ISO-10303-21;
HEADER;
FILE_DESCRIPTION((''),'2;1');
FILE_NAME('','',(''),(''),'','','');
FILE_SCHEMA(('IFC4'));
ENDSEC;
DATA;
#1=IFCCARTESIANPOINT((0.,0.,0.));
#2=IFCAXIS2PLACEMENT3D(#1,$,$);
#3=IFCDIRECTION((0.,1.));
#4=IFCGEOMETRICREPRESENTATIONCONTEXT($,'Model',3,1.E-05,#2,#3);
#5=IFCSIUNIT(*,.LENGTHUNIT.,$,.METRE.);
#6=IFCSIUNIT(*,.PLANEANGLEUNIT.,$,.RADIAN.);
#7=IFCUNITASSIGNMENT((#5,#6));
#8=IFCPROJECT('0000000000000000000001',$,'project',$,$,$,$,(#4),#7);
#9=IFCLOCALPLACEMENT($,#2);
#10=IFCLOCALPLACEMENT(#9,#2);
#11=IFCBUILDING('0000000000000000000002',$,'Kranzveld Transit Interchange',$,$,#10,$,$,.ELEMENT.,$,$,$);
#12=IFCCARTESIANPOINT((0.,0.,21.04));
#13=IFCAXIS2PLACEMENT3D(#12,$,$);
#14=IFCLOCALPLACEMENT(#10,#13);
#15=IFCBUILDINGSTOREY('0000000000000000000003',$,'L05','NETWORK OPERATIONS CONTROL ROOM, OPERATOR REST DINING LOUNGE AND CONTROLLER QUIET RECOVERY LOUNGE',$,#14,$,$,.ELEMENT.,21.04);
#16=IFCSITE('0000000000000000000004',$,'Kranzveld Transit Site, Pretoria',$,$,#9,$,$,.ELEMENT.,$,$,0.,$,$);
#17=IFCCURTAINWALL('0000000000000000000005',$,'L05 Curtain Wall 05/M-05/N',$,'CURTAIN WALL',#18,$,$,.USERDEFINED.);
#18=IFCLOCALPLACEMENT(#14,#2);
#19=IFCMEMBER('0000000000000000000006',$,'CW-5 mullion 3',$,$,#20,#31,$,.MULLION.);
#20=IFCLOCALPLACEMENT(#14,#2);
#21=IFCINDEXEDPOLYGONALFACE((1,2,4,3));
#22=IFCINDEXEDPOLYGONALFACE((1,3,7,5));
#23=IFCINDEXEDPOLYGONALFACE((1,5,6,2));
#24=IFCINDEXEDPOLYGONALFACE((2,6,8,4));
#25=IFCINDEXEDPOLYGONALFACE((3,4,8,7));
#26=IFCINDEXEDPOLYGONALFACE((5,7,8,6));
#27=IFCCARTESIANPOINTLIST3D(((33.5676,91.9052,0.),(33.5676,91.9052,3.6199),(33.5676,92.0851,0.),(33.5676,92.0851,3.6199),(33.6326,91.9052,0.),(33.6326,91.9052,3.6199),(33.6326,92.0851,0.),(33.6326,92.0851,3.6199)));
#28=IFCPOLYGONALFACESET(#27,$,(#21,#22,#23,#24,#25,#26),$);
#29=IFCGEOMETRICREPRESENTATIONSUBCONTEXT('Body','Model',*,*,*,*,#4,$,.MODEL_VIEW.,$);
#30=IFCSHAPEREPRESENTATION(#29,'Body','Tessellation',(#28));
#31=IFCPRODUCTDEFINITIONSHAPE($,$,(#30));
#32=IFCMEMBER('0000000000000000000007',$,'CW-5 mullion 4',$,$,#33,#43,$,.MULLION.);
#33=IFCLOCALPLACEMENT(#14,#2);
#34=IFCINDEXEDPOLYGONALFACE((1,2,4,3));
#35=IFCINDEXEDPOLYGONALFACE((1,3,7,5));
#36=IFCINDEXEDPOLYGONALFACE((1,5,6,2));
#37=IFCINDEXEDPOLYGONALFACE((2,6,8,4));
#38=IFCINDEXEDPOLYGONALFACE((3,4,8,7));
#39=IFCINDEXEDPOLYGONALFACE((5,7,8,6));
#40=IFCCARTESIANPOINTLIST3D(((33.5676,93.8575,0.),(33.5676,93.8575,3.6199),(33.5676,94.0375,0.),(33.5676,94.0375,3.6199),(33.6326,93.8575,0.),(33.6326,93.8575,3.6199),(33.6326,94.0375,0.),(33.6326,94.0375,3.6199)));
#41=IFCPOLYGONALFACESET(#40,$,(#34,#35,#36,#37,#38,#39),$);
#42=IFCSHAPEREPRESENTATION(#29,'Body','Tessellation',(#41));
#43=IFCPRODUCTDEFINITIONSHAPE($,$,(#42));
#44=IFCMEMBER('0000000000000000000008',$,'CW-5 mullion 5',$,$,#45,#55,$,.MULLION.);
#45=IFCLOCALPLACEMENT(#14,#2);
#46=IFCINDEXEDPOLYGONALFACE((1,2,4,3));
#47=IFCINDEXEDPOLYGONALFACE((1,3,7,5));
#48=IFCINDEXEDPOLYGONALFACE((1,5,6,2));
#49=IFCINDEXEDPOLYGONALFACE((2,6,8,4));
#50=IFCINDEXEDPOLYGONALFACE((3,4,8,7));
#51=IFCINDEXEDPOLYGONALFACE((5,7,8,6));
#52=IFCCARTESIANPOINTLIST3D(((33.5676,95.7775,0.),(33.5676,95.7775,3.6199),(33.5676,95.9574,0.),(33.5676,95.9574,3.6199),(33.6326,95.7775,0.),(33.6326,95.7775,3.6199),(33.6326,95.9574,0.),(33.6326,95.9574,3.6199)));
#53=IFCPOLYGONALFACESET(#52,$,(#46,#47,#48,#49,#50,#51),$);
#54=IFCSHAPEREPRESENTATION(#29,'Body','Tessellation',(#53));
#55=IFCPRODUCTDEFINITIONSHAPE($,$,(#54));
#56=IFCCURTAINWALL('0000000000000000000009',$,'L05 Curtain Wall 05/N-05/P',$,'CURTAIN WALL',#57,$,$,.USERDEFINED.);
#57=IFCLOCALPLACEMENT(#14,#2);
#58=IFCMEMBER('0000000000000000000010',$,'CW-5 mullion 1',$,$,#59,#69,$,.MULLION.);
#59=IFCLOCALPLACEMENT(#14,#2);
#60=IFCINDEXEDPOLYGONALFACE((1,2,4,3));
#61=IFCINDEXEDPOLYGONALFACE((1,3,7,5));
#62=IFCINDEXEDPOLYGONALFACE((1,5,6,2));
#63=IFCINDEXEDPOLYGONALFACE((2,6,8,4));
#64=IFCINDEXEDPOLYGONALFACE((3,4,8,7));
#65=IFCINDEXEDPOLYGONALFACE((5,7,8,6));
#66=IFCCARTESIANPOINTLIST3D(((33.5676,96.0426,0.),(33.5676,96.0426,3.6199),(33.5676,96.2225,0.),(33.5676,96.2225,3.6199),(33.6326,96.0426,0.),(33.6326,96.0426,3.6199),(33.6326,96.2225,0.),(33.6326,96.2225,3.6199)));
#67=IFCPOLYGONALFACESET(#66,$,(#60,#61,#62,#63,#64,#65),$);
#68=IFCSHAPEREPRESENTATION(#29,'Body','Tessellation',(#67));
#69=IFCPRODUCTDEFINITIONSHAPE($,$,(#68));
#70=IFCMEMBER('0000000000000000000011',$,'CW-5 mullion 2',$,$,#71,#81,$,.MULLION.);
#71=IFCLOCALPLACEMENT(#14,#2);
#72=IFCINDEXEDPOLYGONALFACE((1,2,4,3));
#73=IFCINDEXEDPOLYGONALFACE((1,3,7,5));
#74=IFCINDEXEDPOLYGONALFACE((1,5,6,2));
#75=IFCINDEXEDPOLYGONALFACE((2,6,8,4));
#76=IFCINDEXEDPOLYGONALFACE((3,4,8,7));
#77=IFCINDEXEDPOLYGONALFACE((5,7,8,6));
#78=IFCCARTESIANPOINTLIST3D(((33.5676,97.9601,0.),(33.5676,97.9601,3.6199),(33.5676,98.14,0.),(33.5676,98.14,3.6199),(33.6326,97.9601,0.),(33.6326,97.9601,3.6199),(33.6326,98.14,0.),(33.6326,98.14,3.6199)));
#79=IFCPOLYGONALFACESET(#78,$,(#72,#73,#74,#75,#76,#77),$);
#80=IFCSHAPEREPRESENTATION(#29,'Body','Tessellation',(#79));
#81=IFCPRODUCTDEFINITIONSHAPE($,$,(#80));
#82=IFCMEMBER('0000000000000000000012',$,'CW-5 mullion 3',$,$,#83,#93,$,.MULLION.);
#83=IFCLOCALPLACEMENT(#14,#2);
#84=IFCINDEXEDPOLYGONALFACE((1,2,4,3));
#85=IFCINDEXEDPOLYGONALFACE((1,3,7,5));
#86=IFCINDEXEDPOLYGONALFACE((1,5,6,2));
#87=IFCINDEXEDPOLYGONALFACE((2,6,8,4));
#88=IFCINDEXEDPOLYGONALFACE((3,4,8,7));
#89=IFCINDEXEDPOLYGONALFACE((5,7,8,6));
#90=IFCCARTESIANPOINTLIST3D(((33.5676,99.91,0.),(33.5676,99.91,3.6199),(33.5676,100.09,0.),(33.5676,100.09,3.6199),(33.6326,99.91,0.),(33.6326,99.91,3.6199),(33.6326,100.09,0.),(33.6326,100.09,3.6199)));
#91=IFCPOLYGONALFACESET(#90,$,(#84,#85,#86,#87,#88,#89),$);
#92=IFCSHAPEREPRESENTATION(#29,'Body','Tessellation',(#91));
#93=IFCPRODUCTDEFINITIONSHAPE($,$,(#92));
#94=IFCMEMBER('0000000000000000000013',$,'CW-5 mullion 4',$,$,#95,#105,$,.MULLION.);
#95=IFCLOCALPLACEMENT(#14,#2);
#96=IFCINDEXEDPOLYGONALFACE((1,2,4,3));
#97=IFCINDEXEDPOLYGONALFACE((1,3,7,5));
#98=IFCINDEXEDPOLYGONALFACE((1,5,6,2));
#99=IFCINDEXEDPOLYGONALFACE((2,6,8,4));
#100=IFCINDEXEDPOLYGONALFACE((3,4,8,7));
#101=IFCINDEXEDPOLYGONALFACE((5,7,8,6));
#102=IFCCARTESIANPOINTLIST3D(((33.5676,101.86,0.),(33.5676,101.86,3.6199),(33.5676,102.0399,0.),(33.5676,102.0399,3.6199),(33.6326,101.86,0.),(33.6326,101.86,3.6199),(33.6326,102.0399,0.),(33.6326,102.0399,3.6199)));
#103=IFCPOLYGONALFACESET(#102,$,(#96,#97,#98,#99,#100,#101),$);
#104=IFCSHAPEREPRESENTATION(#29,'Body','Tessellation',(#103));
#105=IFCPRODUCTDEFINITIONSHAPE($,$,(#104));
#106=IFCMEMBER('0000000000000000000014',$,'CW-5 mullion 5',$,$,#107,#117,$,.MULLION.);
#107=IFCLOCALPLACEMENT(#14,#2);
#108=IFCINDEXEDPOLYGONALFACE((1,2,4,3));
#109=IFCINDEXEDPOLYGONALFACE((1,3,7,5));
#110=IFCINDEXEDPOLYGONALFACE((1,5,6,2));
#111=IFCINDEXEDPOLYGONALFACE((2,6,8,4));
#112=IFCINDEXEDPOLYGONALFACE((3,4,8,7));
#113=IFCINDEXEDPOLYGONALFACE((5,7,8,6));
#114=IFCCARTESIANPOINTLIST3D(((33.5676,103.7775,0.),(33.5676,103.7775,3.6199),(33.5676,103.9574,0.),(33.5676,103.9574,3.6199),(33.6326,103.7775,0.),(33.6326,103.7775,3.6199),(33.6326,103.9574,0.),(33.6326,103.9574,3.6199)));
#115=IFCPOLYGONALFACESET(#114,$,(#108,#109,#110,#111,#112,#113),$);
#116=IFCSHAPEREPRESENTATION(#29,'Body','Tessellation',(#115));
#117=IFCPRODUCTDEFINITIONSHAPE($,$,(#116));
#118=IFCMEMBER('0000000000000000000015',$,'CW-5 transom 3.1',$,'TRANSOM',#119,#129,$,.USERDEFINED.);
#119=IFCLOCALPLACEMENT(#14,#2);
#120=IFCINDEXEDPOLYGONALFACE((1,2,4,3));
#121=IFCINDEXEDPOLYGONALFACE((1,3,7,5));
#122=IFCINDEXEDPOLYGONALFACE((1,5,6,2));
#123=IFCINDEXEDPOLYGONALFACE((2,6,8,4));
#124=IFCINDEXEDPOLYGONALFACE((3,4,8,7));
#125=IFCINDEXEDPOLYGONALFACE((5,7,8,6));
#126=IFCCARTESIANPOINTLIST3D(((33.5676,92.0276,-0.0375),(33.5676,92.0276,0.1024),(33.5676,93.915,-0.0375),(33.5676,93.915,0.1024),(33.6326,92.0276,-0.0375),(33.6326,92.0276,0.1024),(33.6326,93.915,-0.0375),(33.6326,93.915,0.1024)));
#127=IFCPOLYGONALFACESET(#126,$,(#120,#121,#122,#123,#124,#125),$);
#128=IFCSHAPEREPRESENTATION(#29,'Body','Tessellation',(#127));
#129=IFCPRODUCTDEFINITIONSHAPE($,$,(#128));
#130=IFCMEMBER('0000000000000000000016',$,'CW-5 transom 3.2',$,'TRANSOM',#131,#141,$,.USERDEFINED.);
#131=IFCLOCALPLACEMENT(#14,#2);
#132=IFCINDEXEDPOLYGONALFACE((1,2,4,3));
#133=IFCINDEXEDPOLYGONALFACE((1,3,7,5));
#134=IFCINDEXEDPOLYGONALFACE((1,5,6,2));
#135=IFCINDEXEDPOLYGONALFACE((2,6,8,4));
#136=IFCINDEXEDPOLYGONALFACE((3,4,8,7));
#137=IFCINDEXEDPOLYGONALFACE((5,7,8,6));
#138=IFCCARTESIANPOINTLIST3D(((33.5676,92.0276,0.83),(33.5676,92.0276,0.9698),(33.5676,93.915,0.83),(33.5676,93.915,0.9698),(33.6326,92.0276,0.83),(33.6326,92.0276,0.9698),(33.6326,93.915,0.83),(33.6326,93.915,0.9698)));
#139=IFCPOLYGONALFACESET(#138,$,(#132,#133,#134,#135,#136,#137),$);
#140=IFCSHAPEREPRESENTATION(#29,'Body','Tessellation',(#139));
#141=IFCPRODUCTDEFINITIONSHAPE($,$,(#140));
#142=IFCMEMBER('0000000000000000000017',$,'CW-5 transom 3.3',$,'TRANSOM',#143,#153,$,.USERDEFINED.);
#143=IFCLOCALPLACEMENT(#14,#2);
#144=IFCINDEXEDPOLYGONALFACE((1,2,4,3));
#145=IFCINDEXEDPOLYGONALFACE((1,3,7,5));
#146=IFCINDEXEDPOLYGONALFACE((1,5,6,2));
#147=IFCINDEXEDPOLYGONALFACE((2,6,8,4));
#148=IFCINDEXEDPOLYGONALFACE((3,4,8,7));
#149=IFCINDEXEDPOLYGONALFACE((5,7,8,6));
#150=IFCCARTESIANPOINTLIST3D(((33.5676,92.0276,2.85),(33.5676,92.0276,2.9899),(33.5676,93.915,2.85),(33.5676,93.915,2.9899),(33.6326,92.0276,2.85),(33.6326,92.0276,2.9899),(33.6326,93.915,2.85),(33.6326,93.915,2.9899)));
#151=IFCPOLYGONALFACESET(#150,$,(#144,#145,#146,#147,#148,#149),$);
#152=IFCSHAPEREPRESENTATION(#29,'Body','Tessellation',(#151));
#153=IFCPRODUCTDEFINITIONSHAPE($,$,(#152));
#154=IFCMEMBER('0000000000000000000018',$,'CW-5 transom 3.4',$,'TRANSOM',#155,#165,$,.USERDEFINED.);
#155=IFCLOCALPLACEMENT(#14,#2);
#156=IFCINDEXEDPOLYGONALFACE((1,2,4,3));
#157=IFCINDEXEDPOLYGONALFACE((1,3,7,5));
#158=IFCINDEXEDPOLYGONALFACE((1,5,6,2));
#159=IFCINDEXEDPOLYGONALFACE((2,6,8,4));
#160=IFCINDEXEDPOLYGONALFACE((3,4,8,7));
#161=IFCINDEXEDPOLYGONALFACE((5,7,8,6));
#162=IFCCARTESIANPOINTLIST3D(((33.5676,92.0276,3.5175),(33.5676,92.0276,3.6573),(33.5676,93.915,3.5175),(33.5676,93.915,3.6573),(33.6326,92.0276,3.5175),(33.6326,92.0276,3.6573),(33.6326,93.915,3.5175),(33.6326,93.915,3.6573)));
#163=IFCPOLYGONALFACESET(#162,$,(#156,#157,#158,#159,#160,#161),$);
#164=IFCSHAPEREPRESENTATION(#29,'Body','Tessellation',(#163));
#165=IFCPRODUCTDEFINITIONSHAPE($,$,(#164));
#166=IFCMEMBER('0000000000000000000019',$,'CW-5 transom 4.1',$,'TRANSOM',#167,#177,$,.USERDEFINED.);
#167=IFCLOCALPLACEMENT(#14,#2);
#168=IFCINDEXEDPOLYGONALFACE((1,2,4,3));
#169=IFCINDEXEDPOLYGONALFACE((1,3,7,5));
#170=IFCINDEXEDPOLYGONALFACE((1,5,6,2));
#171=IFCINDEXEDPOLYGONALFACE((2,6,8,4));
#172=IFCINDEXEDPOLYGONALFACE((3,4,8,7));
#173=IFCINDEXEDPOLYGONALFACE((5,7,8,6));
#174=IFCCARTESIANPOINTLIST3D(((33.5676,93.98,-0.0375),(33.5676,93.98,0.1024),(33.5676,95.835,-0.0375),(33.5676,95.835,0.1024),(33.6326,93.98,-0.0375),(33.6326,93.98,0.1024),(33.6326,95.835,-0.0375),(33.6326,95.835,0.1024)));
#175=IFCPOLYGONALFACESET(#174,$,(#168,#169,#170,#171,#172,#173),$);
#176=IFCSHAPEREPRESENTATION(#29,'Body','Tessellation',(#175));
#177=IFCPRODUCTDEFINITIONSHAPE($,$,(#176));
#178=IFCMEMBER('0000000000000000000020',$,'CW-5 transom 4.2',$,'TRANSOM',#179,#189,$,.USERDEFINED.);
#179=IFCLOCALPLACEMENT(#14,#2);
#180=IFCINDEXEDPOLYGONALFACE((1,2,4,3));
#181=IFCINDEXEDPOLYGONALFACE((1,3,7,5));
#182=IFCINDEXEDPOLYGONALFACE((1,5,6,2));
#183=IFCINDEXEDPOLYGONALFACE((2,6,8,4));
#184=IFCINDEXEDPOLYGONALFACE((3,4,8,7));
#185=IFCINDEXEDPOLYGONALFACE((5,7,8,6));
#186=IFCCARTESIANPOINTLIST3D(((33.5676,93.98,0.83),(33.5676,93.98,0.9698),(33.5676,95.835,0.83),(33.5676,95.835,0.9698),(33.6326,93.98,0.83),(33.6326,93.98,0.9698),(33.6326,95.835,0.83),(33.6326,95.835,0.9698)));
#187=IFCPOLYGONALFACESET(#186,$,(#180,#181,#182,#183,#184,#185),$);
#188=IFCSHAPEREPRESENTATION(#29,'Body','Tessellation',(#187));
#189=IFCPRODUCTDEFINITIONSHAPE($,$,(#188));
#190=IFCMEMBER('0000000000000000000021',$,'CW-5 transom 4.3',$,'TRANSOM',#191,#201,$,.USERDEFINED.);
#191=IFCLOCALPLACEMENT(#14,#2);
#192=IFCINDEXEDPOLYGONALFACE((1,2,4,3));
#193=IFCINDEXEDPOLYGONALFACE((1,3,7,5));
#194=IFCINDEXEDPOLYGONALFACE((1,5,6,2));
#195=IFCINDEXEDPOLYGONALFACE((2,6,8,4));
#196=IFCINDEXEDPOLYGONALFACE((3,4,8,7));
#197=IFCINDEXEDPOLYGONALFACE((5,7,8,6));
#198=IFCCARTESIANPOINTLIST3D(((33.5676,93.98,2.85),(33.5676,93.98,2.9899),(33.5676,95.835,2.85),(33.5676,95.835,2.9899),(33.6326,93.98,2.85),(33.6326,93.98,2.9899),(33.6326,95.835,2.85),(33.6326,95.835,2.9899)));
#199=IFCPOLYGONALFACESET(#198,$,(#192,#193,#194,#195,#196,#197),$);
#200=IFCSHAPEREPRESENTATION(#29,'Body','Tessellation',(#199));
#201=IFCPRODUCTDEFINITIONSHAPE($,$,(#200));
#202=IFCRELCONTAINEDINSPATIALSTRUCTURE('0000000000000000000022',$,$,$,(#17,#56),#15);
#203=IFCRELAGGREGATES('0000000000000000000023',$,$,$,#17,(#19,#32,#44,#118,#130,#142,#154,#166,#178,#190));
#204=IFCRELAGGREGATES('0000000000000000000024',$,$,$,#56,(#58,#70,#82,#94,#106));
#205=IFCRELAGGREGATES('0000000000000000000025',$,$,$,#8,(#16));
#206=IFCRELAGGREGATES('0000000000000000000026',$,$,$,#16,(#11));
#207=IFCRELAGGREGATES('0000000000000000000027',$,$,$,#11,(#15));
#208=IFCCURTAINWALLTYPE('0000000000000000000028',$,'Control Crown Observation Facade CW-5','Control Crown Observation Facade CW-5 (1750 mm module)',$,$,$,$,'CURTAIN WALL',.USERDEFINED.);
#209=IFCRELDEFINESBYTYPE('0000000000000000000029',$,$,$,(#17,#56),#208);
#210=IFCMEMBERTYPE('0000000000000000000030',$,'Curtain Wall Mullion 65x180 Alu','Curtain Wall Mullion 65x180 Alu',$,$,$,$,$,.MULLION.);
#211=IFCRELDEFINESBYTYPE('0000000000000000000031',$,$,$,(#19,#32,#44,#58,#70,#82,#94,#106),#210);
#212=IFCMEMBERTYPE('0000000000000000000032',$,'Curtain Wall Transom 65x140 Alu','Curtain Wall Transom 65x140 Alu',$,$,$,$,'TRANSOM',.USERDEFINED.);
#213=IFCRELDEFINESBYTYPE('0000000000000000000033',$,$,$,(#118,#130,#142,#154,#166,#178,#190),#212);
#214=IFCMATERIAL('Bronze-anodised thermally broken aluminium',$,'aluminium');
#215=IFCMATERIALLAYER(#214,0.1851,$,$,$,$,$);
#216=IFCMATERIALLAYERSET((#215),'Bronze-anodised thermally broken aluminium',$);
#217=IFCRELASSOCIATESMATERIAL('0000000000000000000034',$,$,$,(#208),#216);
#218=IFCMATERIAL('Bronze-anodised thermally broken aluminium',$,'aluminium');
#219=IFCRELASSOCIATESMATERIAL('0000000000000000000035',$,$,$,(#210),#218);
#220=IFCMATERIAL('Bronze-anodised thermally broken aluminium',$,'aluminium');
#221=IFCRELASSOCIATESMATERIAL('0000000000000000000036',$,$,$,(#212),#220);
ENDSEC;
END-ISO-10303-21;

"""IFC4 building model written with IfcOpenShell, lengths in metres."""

from ifc_helpers import new_model, si_unit, direction, frame, origin, origin_2d, place, context, subcontext, project, spatial, rectangle, extrude, material, layer, layer_set, material_profile, profile_set, type_object, element, aggregate, save


model = new_model("IFC4")

# Units and contexts
model_context = context("Model", 3, precision=1e-05, world=origin(), true_north=direction((0.0, 1.0)))
body_context = subcontext(model_context, "Body", "Model", "MODEL_VIEW")
ifc_project = project(units=[si_unit("LENGTHUNIT", "METRE"), si_unit("PLANEANGLEUNIT", "RADIAN")], contexts=[model_context])

# Site, building, storey
site_placement = place(None, origin())
site = spatial("IfcSite", under=ifc_project, at=site_placement, Name="Kranzveld Transit Site, Pretoria", CompositionType="ELEMENT", RefElevation=0.0)
building_placement = place(site_placement, origin())
building = spatial("IfcBuilding", under=site, at=building_placement, Name="Kranzveld Transit Interchange", CompositionType="ELEMENT")
storey_placement = place(building_placement, frame((0.0, 0.0, 21.04)))
storey = spatial("IfcBuildingStorey", under=building, at=storey_placement, Name="L05", Description="NETWORK OPERATIONS CONTROL ROOM, OPERATOR REST DINING LOUNGE AND CONTROLLER QUIET RECOVERY LOUNGE", CompositionType="ELEMENT", Elevation=21.04)

# Curtain walls, members
ifc_material_1 = material(Name="Bronze-anodised thermally broken aluminium", Category="aluminium")
ifc_layer_1 = layer(ifc_material_1, 0.1851)
ifc_layer_set_1 = layer_set([ifc_layer_1], Name="Bronze-anodised thermally broken aluminium")
curtain_wall_type = type_object("IfcCurtainWallType", Name="Control Crown Observation Facade CW-5", Description="Control Crown Observation Facade CW-5 (1750 mm module)", ElementType="CURTAIN WALL", PredefinedType="USERDEFINED", material=ifc_layer_set_1)
curtain_wall_1_placement = place(storey_placement, origin())
curtain_wall_1 = element("IfcCurtainWall", 1, at=curtain_wall_1_placement, inside=storey, type_object=curtain_wall_type, Name="L05 Curtain Wall 05/M-05/N", ObjectType="CURTAIN WALL", PredefinedType="USERDEFINED")
ifc_material_2 = material(Name="Bronze-anodised thermally broken aluminium", Category="aluminium")
ifc_material_profile_1 = material_profile(ifc_material_2, rectangle(XDim=0.0649, YDim=0.1799, at=origin_2d()), Name="ALU MULLION 65x180")
ifc_profile_set_1 = profile_set([ifc_material_profile_1], Name="Bronze-anodised thermally broken aluminium")
member_type_1 = type_object("IfcMemberType", Name="Curtain Wall Mullion 65x180 Alu", Description="Curtain Wall Mullion 65x180 Alu", PredefinedType="MULLION", material=ifc_profile_set_1)
member_1_placement = place(storey_placement, frame((33.6001, 91.9951, 0.0), z_axis=(0.0, 0.0, 1.0), x_axis=(-1.0, 0.0, 0.0)))
member_1 = element("IfcMember", 2, at=member_1_placement, type_object=member_type_1, Name="CW-5 mullion 3", PredefinedType="MULLION", context=body_context, shape_type="SweptSolid", body=[
    extrude(rectangle(XDim=0.0649, YDim=0.1799, at=origin_2d()), origin(), (0.0, 0.0, 1.0), 3.6199),
])
member_2_placement = place(storey_placement, frame((33.6001, 93.9475, 0.0), z_axis=(0.0, 0.0, 1.0), x_axis=(-1.0, 0.0, 0.0)))
member_2 = element("IfcMember", 3, at=member_2_placement, type_object=member_type_1, Name="CW-5 mullion 4", PredefinedType="MULLION", context=body_context, shape_type="SweptSolid", body=[
    extrude(rectangle(XDim=0.0649, YDim=0.1799, at=origin_2d()), origin(), (0.0, 0.0, 1.0), 3.6199),
])
member_3_placement = place(storey_placement, frame((33.6001, 95.8674, 0.0), z_axis=(0.0, 0.0, 1.0), x_axis=(-1.0, 0.0, 0.0)))
member_3 = element("IfcMember", 4, at=member_3_placement, type_object=member_type_1, Name="CW-5 mullion 5", PredefinedType="MULLION", context=body_context, shape_type="SweptSolid", body=[
    extrude(rectangle(XDim=0.0649, YDim=0.1799, at=origin_2d()), origin(), (0.0, 0.0, 1.0), 3.6199),
])
curtain_wall_2_placement = place(storey_placement, origin())
curtain_wall_2 = element("IfcCurtainWall", 5, at=curtain_wall_2_placement, inside=storey, type_object=curtain_wall_type, Name="L05 Curtain Wall 05/N-05/P", ObjectType="CURTAIN WALL", PredefinedType="USERDEFINED")
member_4_placement = place(storey_placement, frame((33.6001, 96.1326, 0.0), z_axis=(0.0, 0.0, 1.0), x_axis=(-1.0, 0.0, 0.0)))
member_4 = element("IfcMember", 6, at=member_4_placement, type_object=member_type_1, Name="CW-5 mullion 1", PredefinedType="MULLION", context=body_context, shape_type="SweptSolid", body=[
    extrude(rectangle(XDim=0.0649, YDim=0.1799, at=origin_2d()), origin(), (0.0, 0.0, 1.0), 3.6199),
])
member_5_placement = place(storey_placement, frame((33.6001, 98.05, 0.0), z_axis=(0.0, 0.0, 1.0), x_axis=(-1.0, 0.0, 0.0)))
member_5 = element("IfcMember", 7, at=member_5_placement, type_object=member_type_1, Name="CW-5 mullion 2", PredefinedType="MULLION", context=body_context, shape_type="SweptSolid", body=[
    extrude(rectangle(XDim=0.0649, YDim=0.1799, at=origin_2d()), origin(), (0.0, 0.0, 1.0), 3.6199),
])
member_6_placement = place(storey_placement, frame((33.6001, 100.0, 0.0), z_axis=(0.0, 0.0, 1.0), x_axis=(-1.0, 0.0, 0.0)))
member_6 = element("IfcMember", 8, at=member_6_placement, type_object=member_type_1, Name="CW-5 mullion 3", PredefinedType="MULLION", context=body_context, shape_type="SweptSolid", body=[
    extrude(rectangle(XDim=0.0649, YDim=0.1799, at=origin_2d()), origin(), (0.0, 0.0, 1.0), 3.6199),
])
member_7_placement = place(storey_placement, frame((33.6001, 101.95, 0.0), z_axis=(0.0, 0.0, 1.0), x_axis=(-1.0, 0.0, 0.0)))
member_7 = element("IfcMember", 9, at=member_7_placement, type_object=member_type_1, Name="CW-5 mullion 4", PredefinedType="MULLION", context=body_context, shape_type="SweptSolid", body=[
    extrude(rectangle(XDim=0.0649, YDim=0.1799, at=origin_2d()), origin(), (0.0, 0.0, 1.0), 3.6199),
])
member_8_placement = place(storey_placement, frame((33.6001, 103.8674, 0.0), z_axis=(0.0, 0.0, 1.0), x_axis=(-1.0, 0.0, 0.0)))
member_8 = element("IfcMember", 10, at=member_8_placement, type_object=member_type_1, Name="CW-5 mullion 5", PredefinedType="MULLION", context=body_context, shape_type="SweptSolid", body=[
    extrude(rectangle(XDim=0.0649, YDim=0.1799, at=origin_2d()), origin(), (0.0, 0.0, 1.0), 3.6199),
])

# Members
ifc_material_3 = material(Name="Bronze-anodised thermally broken aluminium", Category="aluminium")
ifc_material_profile_2 = material_profile(ifc_material_3, rectangle(XDim=0.0649, YDim=0.1399, at=origin_2d()), Name="ALU TRANSOM 65x140")
ifc_profile_set_2 = profile_set([ifc_material_profile_2], Name="Bronze-anodised thermally broken aluminium")
member_type_2 = type_object("IfcMemberType", Name="Curtain Wall Transom 65x140 Alu", Description="Curtain Wall Transom 65x140 Alu", ElementType="TRANSOM", PredefinedType="USERDEFINED", material=ifc_profile_set_2)
member_9_placement = place(storey_placement, frame((33.6001, 92.0276, 0.0325), z_axis=(0.0, 1.0, 0.0), x_axis=(-1.0, 0.0, 0.0)))
member_9 = element("IfcMember", 11, at=member_9_placement, type_object=member_type_2, Name="CW-5 transom 3.1", ObjectType="TRANSOM", PredefinedType="USERDEFINED", context=body_context, shape_type="SweptSolid", body=[
    extrude(rectangle(XDim=0.0649, YDim=0.1399, at=origin_2d()), origin(), (0.0, 0.0, 1.0), 1.8875),
])
member_10_placement = place(storey_placement, frame((33.6001, 92.0276, 0.8999), z_axis=(0.0, 1.0, 0.0), x_axis=(-1.0, 0.0, 0.0)))
member_10 = element("IfcMember", 12, at=member_10_placement, type_object=member_type_2, Name="CW-5 transom 3.2", ObjectType="TRANSOM", PredefinedType="USERDEFINED", context=body_context, shape_type="SweptSolid", body=[
    extrude(rectangle(XDim=0.0649, YDim=0.1399, at=origin_2d()), origin(), (0.0, 0.0, 1.0), 1.8875),
])
member_11_placement = place(storey_placement, frame((33.6001, 92.0276, 2.9199), z_axis=(0.0, 1.0, 0.0), x_axis=(-1.0, 0.0, 0.0)))
member_11 = element("IfcMember", 13, at=member_11_placement, type_object=member_type_2, Name="CW-5 transom 3.3", ObjectType="TRANSOM", PredefinedType="USERDEFINED", context=body_context, shape_type="SweptSolid", body=[
    extrude(rectangle(XDim=0.0649, YDim=0.1399, at=origin_2d()), origin(), (0.0, 0.0, 1.0), 1.8875),
])
member_12_placement = place(storey_placement, frame((33.6001, 92.0276, 3.5874), z_axis=(0.0, 1.0, 0.0), x_axis=(-1.0, 0.0, 0.0)))
member_12 = element("IfcMember", 14, at=member_12_placement, type_object=member_type_2, Name="CW-5 transom 3.4", ObjectType="TRANSOM", PredefinedType="USERDEFINED", context=body_context, shape_type="SweptSolid", body=[
    extrude(rectangle(XDim=0.0649, YDim=0.1399, at=origin_2d()), origin(), (0.0, 0.0, 1.0), 1.8875),
])
member_13_placement = place(storey_placement, frame((33.6001, 93.98, 0.0325), z_axis=(0.0, 1.0, 0.0), x_axis=(-1.0, 0.0, 0.0)))
member_13 = element("IfcMember", 15, at=member_13_placement, type_object=member_type_2, Name="CW-5 transom 4.1", ObjectType="TRANSOM", PredefinedType="USERDEFINED", context=body_context, shape_type="SweptSolid", body=[
    extrude(rectangle(XDim=0.0649, YDim=0.1399, at=origin_2d()), origin(), (0.0, 0.0, 1.0), 1.855),
])
member_14_placement = place(storey_placement, frame((33.6001, 93.98, 0.8999), z_axis=(0.0, 1.0, 0.0), x_axis=(-1.0, 0.0, 0.0)))
member_14 = element("IfcMember", 16, at=member_14_placement, type_object=member_type_2, Name="CW-5 transom 4.2", ObjectType="TRANSOM", PredefinedType="USERDEFINED", context=body_context, shape_type="SweptSolid", body=[
    extrude(rectangle(XDim=0.0649, YDim=0.1399, at=origin_2d()), origin(), (0.0, 0.0, 1.0), 1.855),
])
member_15_placement = place(storey_placement, frame((33.6001, 93.98, 2.9199), z_axis=(0.0, 1.0, 0.0), x_axis=(-1.0, 0.0, 0.0)))
member_15 = element("IfcMember", 17, at=member_15_placement, type_object=member_type_2, Name="CW-5 transom 4.3", ObjectType="TRANSOM", PredefinedType="USERDEFINED", context=body_context, shape_type="SweptSolid", body=[
    extrude(rectangle(XDim=0.0649, YDim=0.1399, at=origin_2d()), origin(), (0.0, 0.0, 1.0), 1.855),
])

aggregate(curtain_wall_1, [member_1, member_2, member_3, member_9, member_10, member_11, member_12, member_13, member_14, member_15])
aggregate(curtain_wall_2, [member_4, member_5, member_6, member_7, member_8])

save(model, "model.ifc")
